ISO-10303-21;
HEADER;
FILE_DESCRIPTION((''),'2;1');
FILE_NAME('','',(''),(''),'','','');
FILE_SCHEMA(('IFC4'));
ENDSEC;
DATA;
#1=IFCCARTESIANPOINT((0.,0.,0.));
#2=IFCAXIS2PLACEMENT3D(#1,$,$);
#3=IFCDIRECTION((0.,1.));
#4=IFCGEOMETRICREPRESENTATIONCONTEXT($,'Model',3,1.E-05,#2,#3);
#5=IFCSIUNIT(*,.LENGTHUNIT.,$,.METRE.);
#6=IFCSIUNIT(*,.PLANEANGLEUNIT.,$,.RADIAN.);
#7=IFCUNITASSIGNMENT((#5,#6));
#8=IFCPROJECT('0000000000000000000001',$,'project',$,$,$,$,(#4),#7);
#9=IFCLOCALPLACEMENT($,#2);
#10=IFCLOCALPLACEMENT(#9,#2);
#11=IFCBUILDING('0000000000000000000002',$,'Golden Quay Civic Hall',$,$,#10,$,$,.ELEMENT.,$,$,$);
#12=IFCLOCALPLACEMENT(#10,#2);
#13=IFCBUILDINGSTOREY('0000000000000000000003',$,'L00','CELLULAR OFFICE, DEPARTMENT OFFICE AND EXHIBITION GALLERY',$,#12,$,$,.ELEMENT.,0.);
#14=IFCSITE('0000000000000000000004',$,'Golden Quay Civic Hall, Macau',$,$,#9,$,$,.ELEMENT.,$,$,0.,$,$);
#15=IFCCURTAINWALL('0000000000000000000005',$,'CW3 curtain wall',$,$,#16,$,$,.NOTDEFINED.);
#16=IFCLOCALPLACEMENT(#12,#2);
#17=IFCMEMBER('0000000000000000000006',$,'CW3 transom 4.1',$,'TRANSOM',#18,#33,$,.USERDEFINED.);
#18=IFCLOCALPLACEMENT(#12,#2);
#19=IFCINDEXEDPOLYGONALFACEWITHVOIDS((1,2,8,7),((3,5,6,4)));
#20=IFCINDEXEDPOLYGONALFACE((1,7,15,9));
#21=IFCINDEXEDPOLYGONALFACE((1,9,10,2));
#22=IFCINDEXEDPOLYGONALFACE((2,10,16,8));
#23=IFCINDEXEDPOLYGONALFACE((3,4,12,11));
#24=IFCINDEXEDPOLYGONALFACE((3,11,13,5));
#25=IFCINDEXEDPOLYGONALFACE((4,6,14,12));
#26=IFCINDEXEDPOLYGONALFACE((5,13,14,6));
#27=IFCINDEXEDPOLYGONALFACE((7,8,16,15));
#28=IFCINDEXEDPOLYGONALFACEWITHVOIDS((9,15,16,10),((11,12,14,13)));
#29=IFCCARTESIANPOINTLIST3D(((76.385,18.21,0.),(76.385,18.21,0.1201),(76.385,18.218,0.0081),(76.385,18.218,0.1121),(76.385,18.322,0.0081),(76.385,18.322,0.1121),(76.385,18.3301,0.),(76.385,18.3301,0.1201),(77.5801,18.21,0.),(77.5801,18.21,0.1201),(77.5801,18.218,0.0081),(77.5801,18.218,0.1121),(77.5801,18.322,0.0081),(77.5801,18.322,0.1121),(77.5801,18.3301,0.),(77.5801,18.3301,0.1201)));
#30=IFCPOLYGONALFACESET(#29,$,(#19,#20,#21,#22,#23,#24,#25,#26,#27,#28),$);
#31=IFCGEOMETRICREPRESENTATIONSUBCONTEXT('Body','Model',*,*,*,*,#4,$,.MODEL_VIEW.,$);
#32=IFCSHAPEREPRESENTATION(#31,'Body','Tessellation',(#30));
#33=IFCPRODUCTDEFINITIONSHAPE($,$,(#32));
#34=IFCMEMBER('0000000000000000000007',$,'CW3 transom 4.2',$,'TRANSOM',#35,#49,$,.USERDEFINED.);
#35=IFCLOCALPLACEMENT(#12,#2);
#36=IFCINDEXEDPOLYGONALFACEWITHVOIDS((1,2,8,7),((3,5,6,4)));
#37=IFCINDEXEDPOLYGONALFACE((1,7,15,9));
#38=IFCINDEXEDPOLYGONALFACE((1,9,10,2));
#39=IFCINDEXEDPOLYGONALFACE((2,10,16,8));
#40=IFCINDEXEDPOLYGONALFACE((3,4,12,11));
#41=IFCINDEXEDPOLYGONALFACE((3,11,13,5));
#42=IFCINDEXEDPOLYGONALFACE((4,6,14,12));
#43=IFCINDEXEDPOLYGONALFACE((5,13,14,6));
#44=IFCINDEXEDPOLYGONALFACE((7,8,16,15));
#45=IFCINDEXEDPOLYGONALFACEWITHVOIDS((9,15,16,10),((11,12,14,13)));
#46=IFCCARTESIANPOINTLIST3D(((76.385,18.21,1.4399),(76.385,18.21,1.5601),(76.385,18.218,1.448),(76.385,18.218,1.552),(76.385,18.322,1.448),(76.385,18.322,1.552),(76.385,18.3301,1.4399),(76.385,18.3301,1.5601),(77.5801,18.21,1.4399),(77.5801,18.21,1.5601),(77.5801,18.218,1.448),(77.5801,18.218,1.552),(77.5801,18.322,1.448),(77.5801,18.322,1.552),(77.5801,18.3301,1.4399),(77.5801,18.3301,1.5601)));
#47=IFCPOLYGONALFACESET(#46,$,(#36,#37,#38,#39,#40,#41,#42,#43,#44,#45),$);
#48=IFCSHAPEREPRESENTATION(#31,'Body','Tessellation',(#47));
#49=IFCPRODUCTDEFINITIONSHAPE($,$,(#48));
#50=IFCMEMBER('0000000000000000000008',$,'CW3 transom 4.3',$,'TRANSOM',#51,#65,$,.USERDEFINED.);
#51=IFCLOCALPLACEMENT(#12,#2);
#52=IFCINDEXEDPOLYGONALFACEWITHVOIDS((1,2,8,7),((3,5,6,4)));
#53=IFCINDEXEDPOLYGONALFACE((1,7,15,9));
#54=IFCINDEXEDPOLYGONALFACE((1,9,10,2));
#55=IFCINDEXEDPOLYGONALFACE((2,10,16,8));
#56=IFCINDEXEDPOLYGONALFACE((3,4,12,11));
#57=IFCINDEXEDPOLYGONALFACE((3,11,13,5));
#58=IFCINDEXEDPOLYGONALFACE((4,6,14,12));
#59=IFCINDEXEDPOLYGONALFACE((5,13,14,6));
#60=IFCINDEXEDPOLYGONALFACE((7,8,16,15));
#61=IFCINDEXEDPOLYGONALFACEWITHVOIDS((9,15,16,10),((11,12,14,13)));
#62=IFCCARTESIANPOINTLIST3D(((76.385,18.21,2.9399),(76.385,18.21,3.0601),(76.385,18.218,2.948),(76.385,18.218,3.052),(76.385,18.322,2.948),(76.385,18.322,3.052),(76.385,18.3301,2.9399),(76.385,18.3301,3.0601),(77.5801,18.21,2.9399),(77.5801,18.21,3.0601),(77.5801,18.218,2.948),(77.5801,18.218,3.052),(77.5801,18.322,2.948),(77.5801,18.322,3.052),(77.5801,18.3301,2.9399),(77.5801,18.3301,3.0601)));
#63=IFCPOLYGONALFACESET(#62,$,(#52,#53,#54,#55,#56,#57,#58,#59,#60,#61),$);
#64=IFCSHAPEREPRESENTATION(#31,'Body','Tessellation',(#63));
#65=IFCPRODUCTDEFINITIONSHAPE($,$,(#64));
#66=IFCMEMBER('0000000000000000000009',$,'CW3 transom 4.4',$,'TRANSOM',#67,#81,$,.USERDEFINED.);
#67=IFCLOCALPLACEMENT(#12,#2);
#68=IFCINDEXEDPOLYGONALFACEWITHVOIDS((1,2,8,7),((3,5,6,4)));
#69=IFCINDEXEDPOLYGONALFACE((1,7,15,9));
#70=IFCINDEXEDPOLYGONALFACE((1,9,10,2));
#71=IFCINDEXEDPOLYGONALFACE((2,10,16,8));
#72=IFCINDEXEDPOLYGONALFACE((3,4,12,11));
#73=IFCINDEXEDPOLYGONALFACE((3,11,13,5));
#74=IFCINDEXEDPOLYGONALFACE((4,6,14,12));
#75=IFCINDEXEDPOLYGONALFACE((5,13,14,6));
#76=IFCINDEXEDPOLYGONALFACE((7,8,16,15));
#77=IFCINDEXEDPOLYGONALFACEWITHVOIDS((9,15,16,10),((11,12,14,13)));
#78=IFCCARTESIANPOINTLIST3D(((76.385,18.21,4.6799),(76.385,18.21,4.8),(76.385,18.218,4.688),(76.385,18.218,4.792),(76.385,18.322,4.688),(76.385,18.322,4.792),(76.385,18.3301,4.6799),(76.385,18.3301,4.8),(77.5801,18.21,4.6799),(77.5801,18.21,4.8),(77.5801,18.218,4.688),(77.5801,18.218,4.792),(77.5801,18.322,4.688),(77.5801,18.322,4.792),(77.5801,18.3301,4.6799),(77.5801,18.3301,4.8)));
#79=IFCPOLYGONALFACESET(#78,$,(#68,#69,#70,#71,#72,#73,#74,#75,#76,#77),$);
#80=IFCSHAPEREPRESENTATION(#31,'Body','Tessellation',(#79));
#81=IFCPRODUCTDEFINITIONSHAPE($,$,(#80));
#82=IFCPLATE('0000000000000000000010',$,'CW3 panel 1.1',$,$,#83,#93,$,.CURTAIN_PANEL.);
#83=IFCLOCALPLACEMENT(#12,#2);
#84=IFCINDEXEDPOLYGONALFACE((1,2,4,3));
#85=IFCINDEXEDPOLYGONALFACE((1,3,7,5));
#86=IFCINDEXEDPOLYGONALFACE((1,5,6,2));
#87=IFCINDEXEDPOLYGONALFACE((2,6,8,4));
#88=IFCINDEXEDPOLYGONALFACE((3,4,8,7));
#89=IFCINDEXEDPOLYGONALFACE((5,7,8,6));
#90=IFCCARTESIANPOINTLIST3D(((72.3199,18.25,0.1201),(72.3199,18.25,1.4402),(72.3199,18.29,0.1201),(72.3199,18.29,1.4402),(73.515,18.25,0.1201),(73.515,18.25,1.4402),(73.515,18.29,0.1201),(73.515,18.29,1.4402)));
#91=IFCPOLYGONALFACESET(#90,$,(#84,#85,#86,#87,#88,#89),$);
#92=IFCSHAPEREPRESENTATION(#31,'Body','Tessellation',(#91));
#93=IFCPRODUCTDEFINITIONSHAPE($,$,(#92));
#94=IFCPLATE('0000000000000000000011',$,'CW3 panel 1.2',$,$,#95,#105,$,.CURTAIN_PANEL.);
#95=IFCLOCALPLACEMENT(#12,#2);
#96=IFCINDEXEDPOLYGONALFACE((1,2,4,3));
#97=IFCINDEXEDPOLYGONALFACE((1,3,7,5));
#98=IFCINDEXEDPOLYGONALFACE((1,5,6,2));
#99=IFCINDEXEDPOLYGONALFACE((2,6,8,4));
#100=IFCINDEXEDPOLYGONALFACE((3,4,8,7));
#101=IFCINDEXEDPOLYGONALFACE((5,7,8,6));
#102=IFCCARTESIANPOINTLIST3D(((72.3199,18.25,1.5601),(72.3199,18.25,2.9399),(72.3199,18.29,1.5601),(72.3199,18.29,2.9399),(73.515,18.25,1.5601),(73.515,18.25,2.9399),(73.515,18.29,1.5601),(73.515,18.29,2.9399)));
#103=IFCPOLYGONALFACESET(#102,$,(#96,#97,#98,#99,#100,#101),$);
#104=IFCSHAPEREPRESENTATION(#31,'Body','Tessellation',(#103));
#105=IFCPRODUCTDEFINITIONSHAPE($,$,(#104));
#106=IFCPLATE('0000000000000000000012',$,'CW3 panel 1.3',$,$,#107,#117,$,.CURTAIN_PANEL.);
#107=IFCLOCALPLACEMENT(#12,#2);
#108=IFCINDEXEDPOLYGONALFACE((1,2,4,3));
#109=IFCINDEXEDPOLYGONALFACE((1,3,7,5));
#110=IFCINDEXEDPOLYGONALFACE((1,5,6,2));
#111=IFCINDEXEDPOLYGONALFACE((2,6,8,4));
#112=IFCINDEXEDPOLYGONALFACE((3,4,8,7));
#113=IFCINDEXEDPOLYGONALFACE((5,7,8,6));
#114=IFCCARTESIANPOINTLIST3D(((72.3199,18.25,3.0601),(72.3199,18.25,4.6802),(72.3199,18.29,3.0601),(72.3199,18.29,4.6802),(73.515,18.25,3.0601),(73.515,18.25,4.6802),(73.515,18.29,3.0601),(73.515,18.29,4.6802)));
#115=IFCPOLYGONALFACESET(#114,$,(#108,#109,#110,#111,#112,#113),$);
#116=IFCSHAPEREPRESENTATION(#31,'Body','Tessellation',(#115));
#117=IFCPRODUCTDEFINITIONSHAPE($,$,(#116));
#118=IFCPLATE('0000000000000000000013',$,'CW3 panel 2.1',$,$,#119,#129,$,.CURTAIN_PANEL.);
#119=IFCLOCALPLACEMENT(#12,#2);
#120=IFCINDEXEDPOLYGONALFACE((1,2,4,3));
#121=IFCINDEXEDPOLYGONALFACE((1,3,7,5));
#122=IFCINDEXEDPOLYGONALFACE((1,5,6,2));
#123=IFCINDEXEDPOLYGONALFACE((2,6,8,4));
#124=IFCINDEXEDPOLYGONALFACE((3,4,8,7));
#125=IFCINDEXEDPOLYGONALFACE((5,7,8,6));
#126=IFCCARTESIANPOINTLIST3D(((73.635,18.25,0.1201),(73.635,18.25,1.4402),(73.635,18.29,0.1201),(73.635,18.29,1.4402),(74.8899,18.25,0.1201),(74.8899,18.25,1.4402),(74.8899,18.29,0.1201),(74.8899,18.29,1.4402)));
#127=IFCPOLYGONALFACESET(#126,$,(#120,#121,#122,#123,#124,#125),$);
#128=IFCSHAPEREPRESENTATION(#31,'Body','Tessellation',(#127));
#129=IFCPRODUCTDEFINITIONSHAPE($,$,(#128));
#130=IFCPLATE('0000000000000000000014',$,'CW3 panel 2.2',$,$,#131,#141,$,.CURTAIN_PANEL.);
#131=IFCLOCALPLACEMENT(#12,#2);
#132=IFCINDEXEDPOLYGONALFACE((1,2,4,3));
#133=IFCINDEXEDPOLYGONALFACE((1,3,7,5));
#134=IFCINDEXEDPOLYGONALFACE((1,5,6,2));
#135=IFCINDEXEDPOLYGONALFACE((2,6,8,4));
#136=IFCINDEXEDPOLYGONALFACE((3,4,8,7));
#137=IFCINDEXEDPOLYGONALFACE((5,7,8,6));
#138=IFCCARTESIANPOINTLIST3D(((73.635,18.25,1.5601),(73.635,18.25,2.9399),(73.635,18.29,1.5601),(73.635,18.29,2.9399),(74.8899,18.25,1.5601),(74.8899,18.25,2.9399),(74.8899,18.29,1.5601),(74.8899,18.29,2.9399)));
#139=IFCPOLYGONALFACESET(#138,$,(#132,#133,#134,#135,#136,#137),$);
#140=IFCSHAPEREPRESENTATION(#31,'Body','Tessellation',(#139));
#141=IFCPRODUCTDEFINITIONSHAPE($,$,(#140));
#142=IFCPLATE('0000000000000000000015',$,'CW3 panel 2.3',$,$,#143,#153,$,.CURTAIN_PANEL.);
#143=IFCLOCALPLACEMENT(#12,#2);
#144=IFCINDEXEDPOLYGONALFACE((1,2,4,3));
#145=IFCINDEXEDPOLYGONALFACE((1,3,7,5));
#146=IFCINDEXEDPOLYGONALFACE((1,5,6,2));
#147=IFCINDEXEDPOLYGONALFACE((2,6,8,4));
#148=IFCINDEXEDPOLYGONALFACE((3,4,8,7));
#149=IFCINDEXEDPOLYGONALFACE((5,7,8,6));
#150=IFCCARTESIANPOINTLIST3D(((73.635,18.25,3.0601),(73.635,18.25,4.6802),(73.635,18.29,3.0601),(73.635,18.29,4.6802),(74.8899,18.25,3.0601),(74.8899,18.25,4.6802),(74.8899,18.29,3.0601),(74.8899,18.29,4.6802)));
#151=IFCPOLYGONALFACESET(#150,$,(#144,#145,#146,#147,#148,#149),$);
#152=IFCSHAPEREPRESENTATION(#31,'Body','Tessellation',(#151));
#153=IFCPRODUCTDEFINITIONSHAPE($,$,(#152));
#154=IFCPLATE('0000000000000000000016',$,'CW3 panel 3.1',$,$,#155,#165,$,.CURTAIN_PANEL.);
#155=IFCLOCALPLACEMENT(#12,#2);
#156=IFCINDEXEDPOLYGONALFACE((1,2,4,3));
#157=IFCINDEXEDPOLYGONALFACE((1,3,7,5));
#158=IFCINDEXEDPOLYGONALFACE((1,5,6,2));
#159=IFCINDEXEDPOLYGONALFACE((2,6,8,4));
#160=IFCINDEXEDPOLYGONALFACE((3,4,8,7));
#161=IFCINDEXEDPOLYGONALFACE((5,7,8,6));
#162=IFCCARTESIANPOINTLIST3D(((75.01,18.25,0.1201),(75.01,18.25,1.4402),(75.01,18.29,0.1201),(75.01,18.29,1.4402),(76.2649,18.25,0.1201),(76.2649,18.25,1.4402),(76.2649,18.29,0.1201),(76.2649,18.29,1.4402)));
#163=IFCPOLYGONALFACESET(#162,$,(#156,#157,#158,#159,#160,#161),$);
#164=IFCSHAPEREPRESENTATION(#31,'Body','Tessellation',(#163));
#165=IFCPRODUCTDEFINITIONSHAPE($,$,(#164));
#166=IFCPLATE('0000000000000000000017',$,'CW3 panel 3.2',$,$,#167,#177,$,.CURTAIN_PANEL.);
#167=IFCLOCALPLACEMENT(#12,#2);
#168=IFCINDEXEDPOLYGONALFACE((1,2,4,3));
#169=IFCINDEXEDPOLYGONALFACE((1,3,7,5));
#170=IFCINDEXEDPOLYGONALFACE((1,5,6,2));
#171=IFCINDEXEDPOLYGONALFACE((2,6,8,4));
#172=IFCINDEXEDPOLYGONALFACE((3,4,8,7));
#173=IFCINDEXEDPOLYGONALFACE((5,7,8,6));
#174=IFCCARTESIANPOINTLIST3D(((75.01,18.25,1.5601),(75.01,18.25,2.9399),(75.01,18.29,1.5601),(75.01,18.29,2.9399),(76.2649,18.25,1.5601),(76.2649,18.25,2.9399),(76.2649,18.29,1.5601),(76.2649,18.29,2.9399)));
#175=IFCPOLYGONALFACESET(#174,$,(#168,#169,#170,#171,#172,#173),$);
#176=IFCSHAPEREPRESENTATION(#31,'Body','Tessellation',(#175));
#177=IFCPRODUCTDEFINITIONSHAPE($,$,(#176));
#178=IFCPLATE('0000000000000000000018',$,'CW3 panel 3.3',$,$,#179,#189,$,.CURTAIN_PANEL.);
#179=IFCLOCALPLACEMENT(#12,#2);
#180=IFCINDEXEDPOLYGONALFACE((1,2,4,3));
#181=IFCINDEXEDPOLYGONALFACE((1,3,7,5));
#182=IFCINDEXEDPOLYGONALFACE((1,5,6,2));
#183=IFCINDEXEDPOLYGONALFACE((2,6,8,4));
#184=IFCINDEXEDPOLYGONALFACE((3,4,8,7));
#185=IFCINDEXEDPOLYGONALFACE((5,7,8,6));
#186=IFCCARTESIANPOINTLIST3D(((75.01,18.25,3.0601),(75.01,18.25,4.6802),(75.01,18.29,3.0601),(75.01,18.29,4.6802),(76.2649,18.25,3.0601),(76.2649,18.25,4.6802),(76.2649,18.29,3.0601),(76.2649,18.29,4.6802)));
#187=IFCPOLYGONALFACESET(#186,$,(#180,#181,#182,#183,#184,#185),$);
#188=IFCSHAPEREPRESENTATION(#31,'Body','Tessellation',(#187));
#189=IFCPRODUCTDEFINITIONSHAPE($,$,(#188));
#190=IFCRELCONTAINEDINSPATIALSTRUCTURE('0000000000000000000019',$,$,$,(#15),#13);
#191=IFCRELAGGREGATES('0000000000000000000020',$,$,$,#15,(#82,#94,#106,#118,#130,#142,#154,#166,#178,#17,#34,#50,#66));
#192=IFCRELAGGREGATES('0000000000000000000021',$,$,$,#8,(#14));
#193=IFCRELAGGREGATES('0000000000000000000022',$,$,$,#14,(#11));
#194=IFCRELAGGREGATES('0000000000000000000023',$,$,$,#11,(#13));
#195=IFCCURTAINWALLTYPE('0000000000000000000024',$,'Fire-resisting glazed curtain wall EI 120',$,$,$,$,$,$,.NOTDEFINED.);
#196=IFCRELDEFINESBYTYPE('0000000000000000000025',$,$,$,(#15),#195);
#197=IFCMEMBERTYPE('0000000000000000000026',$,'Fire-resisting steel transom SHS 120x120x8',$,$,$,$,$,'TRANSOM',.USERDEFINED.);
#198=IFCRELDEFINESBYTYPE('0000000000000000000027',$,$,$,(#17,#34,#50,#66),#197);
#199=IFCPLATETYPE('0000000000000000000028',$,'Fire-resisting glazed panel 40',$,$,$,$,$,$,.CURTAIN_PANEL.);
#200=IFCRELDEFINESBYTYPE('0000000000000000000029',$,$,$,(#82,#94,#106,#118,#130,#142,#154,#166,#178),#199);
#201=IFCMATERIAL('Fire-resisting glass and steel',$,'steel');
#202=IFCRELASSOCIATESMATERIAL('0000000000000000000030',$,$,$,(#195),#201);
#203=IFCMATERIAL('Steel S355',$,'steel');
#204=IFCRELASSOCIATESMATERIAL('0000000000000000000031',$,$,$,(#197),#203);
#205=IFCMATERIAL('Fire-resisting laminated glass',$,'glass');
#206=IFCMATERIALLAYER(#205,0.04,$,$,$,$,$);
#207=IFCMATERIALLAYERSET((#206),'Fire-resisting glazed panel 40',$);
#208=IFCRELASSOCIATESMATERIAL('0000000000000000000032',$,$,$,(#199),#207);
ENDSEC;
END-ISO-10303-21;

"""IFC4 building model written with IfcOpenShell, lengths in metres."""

from ifc_helpers import new_model, si_unit, direction, frame, origin, origin_2d, place, context, subcontext, project, spatial, rectangle, hollow_rectangle, extrude, material, layer, layer_set, material_profile, profile_set, type_object, element, aggregate, save


model = new_model("IFC4")

# Units and contexts
model_context = context("Model", 3, precision=1e-05, world=origin(), true_north=direction((0.0, 1.0)))
body_context = subcontext(model_context, "Body", "Model", "MODEL_VIEW")
ifc_project = project(units=[si_unit("LENGTHUNIT", "METRE"), si_unit("PLANEANGLEUNIT", "RADIAN")], contexts=[model_context])

# Site, building, storey
site_placement = place(None, origin())
site = spatial("IfcSite", under=ifc_project, at=site_placement, Name="Golden Quay Civic Hall, Macau", CompositionType="ELEMENT", RefElevation=0.0)
building_placement = place(site_placement, origin())
building = spatial("IfcBuilding", under=site, at=building_placement, Name="Golden Quay Civic Hall", CompositionType="ELEMENT")
storey_placement = place(building_placement, origin())
storey = spatial("IfcBuildingStorey", under=building, at=storey_placement, Name="L00", Description="CELLULAR OFFICE, DEPARTMENT OFFICE AND EXHIBITION GALLERY", CompositionType="ELEMENT", Elevation=0.0)

# Curtain wall, members, plates
ifc_material_1 = material(Name="Fire-resisting glass and steel", Category="steel")
curtain_wall_type = type_object("IfcCurtainWallType", Name="Fire-resisting glazed curtain wall EI 120", PredefinedType="NOTDEFINED", material=ifc_material_1)
curtain_wall_placement = place(storey_placement, origin())
curtain_wall = element("IfcCurtainWall", 1, at=curtain_wall_placement, inside=storey, type_object=curtain_wall_type, Name="CW3 curtain wall", PredefinedType="NOTDEFINED")
ifc_material_2 = material(Name="Steel S355", Category="steel")
ifc_material_profile_1 = material_profile(ifc_material_2, hollow_rectangle(XDim=0.1201, YDim=0.1201, WallThickness=0.0081, at=origin_2d()), Name="SHS 120x120x8")
ifc_profile_set_1 = profile_set([ifc_material_profile_1], Name="Steel S355")
member_type_1 = type_object("IfcMemberType", Name="Fire-resisting steel transom SHS 120x120x8", ElementType="TRANSOM", PredefinedType="USERDEFINED", material=ifc_profile_set_1)
member_1_placement = place(storey_placement, frame((76.385, 18.27, 0.0601), z_axis=(1.0, 0.0, 0.0), x_axis=(0.0, 1.0, 0.0)))
member_1 = element("IfcMember", 2, at=member_1_placement, type_object=member_type_1, Name="CW3 transom 4.1", ObjectType="TRANSOM", PredefinedType="USERDEFINED", context=body_context, shape_type="SweptSolid", body=[
    extrude(hollow_rectangle(XDim=0.1201, YDim=0.1201, WallThickness=0.0081, at=origin_2d()), origin(), (0.0, 0.0, 1.0), 1.1951),
])
member_2_placement = place(storey_placement, frame((76.385, 18.27, 1.5), z_axis=(1.0, 0.0, 0.0), x_axis=(0.0, 1.0, 0.0)))
member_2 = element("IfcMember", 3, at=member_2_placement, type_object=member_type_1, Name="CW3 transom 4.2", ObjectType="TRANSOM", PredefinedType="USERDEFINED", context=body_context, shape_type="SweptSolid", body=[
    extrude(hollow_rectangle(XDim=0.1201, YDim=0.1201, WallThickness=0.0081, at=origin_2d()), origin(), (0.0, 0.0, 1.0), 1.1951),
])
member_3_placement = place(storey_placement, frame((76.385, 18.27, 3.0), z_axis=(1.0, 0.0, 0.0), x_axis=(0.0, 1.0, 0.0)))
member_3 = element("IfcMember", 4, at=member_3_placement, type_object=member_type_1, Name="CW3 transom 4.3", ObjectType="TRANSOM", PredefinedType="USERDEFINED", context=body_context, shape_type="SweptSolid", body=[
    extrude(hollow_rectangle(XDim=0.1201, YDim=0.1201, WallThickness=0.0081, at=origin_2d()), origin(), (0.0, 0.0, 1.0), 1.1951),
])
member_4_placement = place(storey_placement, frame((76.385, 18.27, 4.74), z_axis=(1.0, 0.0, 0.0), x_axis=(0.0, 1.0, 0.0)))
member_4 = element("IfcMember", 5, at=member_4_placement, type_object=member_type_1, Name="CW3 transom 4.4", ObjectType="TRANSOM", PredefinedType="USERDEFINED", context=body_context, shape_type="SweptSolid", body=[
    extrude(hollow_rectangle(XDim=0.1201, YDim=0.1201, WallThickness=0.0081, at=origin_2d()), origin(), (0.0, 0.0, 1.0), 1.1951),
])
ifc_material_3 = material(Name="Fire-resisting laminated glass", Category="glass")
ifc_layer = layer(ifc_material_3, 0.04)
ifc_layer_set = layer_set([ifc_layer], Name="Fire-resisting glazed panel 40")
plate_type = type_object("IfcPlateType", Name="Fire-resisting glazed panel 40", PredefinedType="CURTAIN_PANEL", material=ifc_layer_set)
plate_1_placement = place(storey_placement, frame((72.9175, 18.27, 0.1201), z_axis=(0.0, 0.0, 1.0), x_axis=(1.0, 0.0, 0.0)))
plate_1 = element("IfcPlate", 6, at=plate_1_placement, type_object=plate_type, Name="CW3 panel 1.1", PredefinedType="CURTAIN_PANEL", context=body_context, shape_type="SweptSolid", body=[
    extrude(rectangle(XDim=1.1951, YDim=0.04, at=origin_2d()), origin(), (0.0, 0.0, 1.0), 1.3201),
])
plate_2_placement = place(storey_placement, frame((72.9175, 18.27, 1.5601), z_axis=(0.0, 0.0, 1.0), x_axis=(1.0, 0.0, 0.0)))
plate_2 = element("IfcPlate", 7, at=plate_2_placement, type_object=plate_type, Name="CW3 panel 1.2", PredefinedType="CURTAIN_PANEL", context=body_context, shape_type="SweptSolid", body=[
    extrude(rectangle(XDim=1.1951, YDim=0.04, at=origin_2d()), origin(), (0.0, 0.0, 1.0), 1.3799),
])
plate_3_placement = place(storey_placement, frame((72.9175, 18.27, 3.0601), z_axis=(0.0, 0.0, 1.0), x_axis=(1.0, 0.0, 0.0)))
plate_3 = element("IfcPlate", 8, at=plate_3_placement, type_object=plate_type, Name="CW3 panel 1.3", PredefinedType="CURTAIN_PANEL", context=body_context, shape_type="SweptSolid", body=[
    extrude(rectangle(XDim=1.1951, YDim=0.04, at=origin_2d()), origin(), (0.0, 0.0, 1.0), 1.6201),
])
plate_4_placement = place(storey_placement, frame((74.2625, 18.27, 0.1201), z_axis=(0.0, 0.0, 1.0), x_axis=(1.0, 0.0, 0.0)))
plate_4 = element("IfcPlate", 9, at=plate_4_placement, type_object=plate_type, Name="CW3 panel 2.1", PredefinedType="CURTAIN_PANEL", context=body_context, shape_type="SweptSolid", body=[
    extrude(rectangle(XDim=1.2549, YDim=0.04, at=origin_2d()), origin(), (0.0, 0.0, 1.0), 1.3201),
])
plate_5_placement = place(storey_placement, frame((74.2625, 18.27, 1.5601), z_axis=(0.0, 0.0, 1.0), x_axis=(1.0, 0.0, 0.0)))
plate_5 = element("IfcPlate", 10, at=plate_5_placement, type_object=plate_type, Name="CW3 panel 2.2", PredefinedType="CURTAIN_PANEL", context=body_context, shape_type="SweptSolid", body=[
    extrude(rectangle(XDim=1.2549, YDim=0.04, at=origin_2d()), origin(), (0.0, 0.0, 1.0), 1.3799),
])
plate_6_placement = place(storey_placement, frame((74.2625, 18.27, 3.0601), z_axis=(0.0, 0.0, 1.0), x_axis=(1.0, 0.0, 0.0)))
plate_6 = element("IfcPlate", 11, at=plate_6_placement, type_object=plate_type, Name="CW3 panel 2.3", PredefinedType="CURTAIN_PANEL", context=body_context, shape_type="SweptSolid", body=[
    extrude(rectangle(XDim=1.2549, YDim=0.04, at=origin_2d()), origin(), (0.0, 0.0, 1.0), 1.6201),
])
plate_7_placement = place(storey_placement, frame((75.6375, 18.27, 0.1201), z_axis=(0.0, 0.0, 1.0), x_axis=(1.0, 0.0, 0.0)))
plate_7 = element("IfcPlate", 12, at=plate_7_placement, type_object=plate_type, Name="CW3 panel 3.1", PredefinedType="CURTAIN_PANEL", context=body_context, shape_type="SweptSolid", body=[
    extrude(rectangle(XDim=1.2549, YDim=0.04, at=origin_2d()), origin(), (0.0, 0.0, 1.0), 1.3201),
])
plate_8_placement = place(storey_placement, frame((75.6375, 18.27, 1.5601), z_axis=(0.0, 0.0, 1.0), x_axis=(1.0, 0.0, 0.0)))
plate_8 = element("IfcPlate", 13, at=plate_8_placement, type_object=plate_type, Name="CW3 panel 3.2", PredefinedType="CURTAIN_PANEL", context=body_context, shape_type="SweptSolid", body=[
    extrude(rectangle(XDim=1.2549, YDim=0.04, at=origin_2d()), origin(), (0.0, 0.0, 1.0), 1.3799),
])
plate_9_placement = place(storey_placement, frame((75.6375, 18.27, 3.0601), z_axis=(0.0, 0.0, 1.0), x_axis=(1.0, 0.0, 0.0)))
plate_9 = element("IfcPlate", 14, at=plate_9_placement, type_object=plate_type, Name="CW3 panel 3.3", PredefinedType="CURTAIN_PANEL", context=body_context, shape_type="SweptSolid", body=[
    extrude(rectangle(XDim=1.2549, YDim=0.04, at=origin_2d()), origin(), (0.0, 0.0, 1.0), 1.6201),
])
aggregate(curtain_wall, [plate_1, plate_2, plate_3, plate_4, plate_5, plate_6, plate_7, plate_8, plate_9, member_1, member_2, member_3, member_4])

save(model, "model.ifc")
